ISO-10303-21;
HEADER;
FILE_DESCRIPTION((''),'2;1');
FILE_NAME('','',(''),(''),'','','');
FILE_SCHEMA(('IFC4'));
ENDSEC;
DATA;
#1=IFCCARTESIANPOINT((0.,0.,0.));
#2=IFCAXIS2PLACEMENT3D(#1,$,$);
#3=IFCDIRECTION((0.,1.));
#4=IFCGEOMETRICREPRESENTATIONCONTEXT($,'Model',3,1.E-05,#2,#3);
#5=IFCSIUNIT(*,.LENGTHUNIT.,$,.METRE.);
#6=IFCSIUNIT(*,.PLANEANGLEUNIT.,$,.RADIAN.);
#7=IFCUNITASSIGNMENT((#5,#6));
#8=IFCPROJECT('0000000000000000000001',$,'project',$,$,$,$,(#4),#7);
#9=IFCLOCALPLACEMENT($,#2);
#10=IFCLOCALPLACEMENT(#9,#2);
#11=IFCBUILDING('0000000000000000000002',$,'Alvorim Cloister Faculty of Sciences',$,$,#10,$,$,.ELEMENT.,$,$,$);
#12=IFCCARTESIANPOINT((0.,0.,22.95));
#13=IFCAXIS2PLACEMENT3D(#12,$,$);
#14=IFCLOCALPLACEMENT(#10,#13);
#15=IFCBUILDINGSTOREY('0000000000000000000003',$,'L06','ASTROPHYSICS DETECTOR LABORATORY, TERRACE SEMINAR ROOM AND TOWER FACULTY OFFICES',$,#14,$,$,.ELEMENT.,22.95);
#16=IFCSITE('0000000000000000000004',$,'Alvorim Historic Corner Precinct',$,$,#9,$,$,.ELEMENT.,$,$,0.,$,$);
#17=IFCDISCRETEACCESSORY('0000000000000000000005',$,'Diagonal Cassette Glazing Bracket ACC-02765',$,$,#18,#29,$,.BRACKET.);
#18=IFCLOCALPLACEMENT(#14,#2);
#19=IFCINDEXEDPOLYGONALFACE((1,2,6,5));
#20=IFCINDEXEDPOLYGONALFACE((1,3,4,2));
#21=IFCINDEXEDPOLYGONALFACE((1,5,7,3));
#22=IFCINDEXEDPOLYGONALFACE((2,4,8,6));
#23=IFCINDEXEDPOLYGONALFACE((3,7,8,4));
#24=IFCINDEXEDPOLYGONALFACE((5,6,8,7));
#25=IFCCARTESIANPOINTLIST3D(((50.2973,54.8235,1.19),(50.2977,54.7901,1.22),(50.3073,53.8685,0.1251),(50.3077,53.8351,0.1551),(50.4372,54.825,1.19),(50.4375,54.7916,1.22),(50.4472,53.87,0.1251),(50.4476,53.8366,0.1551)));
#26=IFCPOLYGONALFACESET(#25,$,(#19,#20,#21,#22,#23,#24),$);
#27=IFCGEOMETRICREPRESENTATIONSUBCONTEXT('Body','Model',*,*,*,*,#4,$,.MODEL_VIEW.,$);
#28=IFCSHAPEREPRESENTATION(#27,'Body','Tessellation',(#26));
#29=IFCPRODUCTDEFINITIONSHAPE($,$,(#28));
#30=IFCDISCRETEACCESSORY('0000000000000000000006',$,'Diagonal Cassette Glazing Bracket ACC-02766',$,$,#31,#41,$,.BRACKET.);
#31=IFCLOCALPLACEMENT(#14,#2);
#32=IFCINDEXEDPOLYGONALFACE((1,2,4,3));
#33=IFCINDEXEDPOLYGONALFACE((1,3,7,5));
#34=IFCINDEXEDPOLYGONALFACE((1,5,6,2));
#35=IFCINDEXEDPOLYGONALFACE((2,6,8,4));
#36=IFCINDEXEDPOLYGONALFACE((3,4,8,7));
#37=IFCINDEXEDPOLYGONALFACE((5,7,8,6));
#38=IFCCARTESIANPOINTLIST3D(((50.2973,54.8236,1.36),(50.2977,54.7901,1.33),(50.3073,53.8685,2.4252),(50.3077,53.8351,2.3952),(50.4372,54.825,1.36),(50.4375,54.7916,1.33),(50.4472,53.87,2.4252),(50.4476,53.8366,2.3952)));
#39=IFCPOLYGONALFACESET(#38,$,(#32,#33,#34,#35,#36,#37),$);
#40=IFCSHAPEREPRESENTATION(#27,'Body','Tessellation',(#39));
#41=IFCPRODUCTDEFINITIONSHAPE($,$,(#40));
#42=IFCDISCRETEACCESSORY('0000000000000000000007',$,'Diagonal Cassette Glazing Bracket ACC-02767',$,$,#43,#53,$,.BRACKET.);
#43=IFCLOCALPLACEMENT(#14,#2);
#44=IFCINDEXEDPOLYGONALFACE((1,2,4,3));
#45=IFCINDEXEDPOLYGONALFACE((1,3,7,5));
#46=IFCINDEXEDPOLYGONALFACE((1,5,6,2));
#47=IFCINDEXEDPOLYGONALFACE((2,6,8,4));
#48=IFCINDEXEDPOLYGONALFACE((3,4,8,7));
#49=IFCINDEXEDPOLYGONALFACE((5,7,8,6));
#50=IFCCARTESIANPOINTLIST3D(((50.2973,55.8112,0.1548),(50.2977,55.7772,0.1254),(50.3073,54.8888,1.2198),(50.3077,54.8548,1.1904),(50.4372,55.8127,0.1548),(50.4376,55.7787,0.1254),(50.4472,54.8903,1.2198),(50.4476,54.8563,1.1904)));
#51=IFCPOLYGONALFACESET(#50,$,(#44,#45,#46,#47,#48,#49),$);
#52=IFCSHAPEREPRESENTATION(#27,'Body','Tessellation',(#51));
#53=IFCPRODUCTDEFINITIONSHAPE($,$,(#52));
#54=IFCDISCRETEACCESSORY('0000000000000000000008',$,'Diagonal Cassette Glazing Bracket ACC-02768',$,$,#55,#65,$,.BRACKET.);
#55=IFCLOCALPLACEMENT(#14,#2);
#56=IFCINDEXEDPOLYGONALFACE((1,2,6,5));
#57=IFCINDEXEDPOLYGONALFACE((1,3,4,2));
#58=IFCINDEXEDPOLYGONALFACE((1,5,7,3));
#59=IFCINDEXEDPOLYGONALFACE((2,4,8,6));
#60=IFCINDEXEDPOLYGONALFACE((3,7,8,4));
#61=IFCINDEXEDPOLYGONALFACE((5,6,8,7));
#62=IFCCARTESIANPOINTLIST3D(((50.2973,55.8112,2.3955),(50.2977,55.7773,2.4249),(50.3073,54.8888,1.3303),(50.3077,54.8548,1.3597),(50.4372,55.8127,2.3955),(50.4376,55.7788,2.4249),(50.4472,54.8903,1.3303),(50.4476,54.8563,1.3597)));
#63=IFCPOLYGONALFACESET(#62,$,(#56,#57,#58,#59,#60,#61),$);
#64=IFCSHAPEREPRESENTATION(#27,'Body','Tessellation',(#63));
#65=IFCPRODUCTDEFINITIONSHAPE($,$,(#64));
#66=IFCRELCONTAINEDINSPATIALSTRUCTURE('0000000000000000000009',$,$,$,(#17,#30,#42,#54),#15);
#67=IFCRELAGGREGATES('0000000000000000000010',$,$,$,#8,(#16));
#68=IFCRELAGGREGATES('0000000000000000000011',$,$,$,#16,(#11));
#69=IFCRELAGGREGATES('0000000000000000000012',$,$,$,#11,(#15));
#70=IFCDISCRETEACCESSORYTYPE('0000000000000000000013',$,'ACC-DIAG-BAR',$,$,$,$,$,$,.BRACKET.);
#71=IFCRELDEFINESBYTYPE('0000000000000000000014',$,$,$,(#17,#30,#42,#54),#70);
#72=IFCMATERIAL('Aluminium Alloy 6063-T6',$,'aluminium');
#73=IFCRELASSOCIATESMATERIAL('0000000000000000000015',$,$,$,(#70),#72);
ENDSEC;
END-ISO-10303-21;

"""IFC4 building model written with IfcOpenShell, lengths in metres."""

from ifc_helpers import new_model, si_unit, direction, frame, origin, origin_2d, place, context, subcontext, project, spatial, rectangle, extrude, material, type_object, element, save


model = new_model("IFC4")

# Units and contexts
model_context = context("Model", 3, precision=1e-05, world=origin(), true_north=direction((0.0, 1.0)))
body_context = subcontext(model_context, "Body", "Model", "MODEL_VIEW")
ifc_project = project(units=[si_unit("LENGTHUNIT", "METRE"), si_unit("PLANEANGLEUNIT", "RADIAN")], contexts=[model_context])

# Site, building, storey
site_placement = place(None, origin())
site = spatial("IfcSite", under=ifc_project, at=site_placement, Name="Alvorim Historic Corner Precinct", CompositionType="ELEMENT", RefElevation=0.0)
building_placement = place(site_placement, origin())
building = spatial("IfcBuilding", under=site, at=building_placement, Name="Alvorim Cloister Faculty of Sciences", CompositionType="ELEMENT")
storey_placement = place(building_placement, frame((0.0, 0.0, 22.95)))
storey = spatial("IfcBuildingStorey", under=building, at=storey_placement, Name="L06", Description="ASTROPHYSICS DETECTOR LABORATORY, TERRACE SEMINAR ROOM AND TOWER FACULTY OFFICES", CompositionType="ELEMENT", Elevation=22.95)

# Shared definitions
ifc_material_1 = material(Name="Aluminium Alloy 6063-T6", Category="aluminium")

# Discrete accessories
discrete_accessory_type = type_object("IfcDiscreteAccessoryType", Name="ACC-DIAG-BAR", PredefinedType="BRACKET", material=ifc_material_1)
discrete_accessory_1_placement = place(storey_placement, frame((50.3774, 53.8525, 0.1401), z_axis=(-0.006997, 0.667646, 0.744446), x_axis=(-0.999945, -0.01048, 0.0)))
element("IfcDiscreteAccessory", 1, at=discrete_accessory_1_placement, inside=storey, type_object=discrete_accessory_type, Name="Diagonal Cassette Glazing Bracket ACC-02765", PredefinedType="BRACKET", context=body_context, shape_type="SweptSolid", body=[
    extrude(rectangle(XDim=0.1399, YDim=0.0449, at=origin_2d()), origin(), (0.0, 0.0, 1.0), 1.4304),
])
discrete_accessory_2_placement = place(storey_placement, frame((50.3774, 53.8525, 2.4102), z_axis=(-0.006996, 0.667561, -0.744522), x_axis=(-0.999945, -0.01048, 0.0)))
element("IfcDiscreteAccessory", 2, at=discrete_accessory_2_placement, inside=storey, type_object=discrete_accessory_type, Name="Diagonal Cassette Glazing Bracket ACC-02766", PredefinedType="BRACKET", context=body_context, shape_type="SweptSolid", body=[
    extrude(rectangle(XDim=0.1399, YDim=0.0449, at=origin_2d()), origin(), (0.0, 0.0, 1.0), 1.4307),
])
discrete_accessory_3_placement = place(storey_placement, frame((50.3774, 54.8726, 1.2051), z_axis=(-0.007105, 0.654676, -0.755876), x_axis=(-0.999941, -0.010852, 0.0)))
element("IfcDiscreteAccessory", 3, at=discrete_accessory_3_placement, inside=storey, type_object=discrete_accessory_type, Name="Diagonal Cassette Glazing Bracket ACC-02767", PredefinedType="BRACKET", context=body_context, shape_type="SweptSolid", body=[
    extrude(rectangle(XDim=0.1399, YDim=0.0449, at=origin_2d()), origin(), (0.0, 0.0, 1.0), 1.4089),
])
discrete_accessory_4_placement = place(storey_placement, frame((50.3774, 54.8726, 1.345), z_axis=(-0.007104, 0.654591, 0.75595), x_axis=(-0.999941, -0.010852, 0.0)))
element("IfcDiscreteAccessory", 4, at=discrete_accessory_4_placement, inside=storey, type_object=discrete_accessory_type, Name="Diagonal Cassette Glazing Bracket ACC-02768", PredefinedType="BRACKET", context=body_context, shape_type="SweptSolid", body=[
    extrude(rectangle(XDim=0.1399, YDim=0.0449, at=origin_2d()), origin(), (0.0, 0.0, 1.0), 1.4092),
])

save(model, "model.ifc")
